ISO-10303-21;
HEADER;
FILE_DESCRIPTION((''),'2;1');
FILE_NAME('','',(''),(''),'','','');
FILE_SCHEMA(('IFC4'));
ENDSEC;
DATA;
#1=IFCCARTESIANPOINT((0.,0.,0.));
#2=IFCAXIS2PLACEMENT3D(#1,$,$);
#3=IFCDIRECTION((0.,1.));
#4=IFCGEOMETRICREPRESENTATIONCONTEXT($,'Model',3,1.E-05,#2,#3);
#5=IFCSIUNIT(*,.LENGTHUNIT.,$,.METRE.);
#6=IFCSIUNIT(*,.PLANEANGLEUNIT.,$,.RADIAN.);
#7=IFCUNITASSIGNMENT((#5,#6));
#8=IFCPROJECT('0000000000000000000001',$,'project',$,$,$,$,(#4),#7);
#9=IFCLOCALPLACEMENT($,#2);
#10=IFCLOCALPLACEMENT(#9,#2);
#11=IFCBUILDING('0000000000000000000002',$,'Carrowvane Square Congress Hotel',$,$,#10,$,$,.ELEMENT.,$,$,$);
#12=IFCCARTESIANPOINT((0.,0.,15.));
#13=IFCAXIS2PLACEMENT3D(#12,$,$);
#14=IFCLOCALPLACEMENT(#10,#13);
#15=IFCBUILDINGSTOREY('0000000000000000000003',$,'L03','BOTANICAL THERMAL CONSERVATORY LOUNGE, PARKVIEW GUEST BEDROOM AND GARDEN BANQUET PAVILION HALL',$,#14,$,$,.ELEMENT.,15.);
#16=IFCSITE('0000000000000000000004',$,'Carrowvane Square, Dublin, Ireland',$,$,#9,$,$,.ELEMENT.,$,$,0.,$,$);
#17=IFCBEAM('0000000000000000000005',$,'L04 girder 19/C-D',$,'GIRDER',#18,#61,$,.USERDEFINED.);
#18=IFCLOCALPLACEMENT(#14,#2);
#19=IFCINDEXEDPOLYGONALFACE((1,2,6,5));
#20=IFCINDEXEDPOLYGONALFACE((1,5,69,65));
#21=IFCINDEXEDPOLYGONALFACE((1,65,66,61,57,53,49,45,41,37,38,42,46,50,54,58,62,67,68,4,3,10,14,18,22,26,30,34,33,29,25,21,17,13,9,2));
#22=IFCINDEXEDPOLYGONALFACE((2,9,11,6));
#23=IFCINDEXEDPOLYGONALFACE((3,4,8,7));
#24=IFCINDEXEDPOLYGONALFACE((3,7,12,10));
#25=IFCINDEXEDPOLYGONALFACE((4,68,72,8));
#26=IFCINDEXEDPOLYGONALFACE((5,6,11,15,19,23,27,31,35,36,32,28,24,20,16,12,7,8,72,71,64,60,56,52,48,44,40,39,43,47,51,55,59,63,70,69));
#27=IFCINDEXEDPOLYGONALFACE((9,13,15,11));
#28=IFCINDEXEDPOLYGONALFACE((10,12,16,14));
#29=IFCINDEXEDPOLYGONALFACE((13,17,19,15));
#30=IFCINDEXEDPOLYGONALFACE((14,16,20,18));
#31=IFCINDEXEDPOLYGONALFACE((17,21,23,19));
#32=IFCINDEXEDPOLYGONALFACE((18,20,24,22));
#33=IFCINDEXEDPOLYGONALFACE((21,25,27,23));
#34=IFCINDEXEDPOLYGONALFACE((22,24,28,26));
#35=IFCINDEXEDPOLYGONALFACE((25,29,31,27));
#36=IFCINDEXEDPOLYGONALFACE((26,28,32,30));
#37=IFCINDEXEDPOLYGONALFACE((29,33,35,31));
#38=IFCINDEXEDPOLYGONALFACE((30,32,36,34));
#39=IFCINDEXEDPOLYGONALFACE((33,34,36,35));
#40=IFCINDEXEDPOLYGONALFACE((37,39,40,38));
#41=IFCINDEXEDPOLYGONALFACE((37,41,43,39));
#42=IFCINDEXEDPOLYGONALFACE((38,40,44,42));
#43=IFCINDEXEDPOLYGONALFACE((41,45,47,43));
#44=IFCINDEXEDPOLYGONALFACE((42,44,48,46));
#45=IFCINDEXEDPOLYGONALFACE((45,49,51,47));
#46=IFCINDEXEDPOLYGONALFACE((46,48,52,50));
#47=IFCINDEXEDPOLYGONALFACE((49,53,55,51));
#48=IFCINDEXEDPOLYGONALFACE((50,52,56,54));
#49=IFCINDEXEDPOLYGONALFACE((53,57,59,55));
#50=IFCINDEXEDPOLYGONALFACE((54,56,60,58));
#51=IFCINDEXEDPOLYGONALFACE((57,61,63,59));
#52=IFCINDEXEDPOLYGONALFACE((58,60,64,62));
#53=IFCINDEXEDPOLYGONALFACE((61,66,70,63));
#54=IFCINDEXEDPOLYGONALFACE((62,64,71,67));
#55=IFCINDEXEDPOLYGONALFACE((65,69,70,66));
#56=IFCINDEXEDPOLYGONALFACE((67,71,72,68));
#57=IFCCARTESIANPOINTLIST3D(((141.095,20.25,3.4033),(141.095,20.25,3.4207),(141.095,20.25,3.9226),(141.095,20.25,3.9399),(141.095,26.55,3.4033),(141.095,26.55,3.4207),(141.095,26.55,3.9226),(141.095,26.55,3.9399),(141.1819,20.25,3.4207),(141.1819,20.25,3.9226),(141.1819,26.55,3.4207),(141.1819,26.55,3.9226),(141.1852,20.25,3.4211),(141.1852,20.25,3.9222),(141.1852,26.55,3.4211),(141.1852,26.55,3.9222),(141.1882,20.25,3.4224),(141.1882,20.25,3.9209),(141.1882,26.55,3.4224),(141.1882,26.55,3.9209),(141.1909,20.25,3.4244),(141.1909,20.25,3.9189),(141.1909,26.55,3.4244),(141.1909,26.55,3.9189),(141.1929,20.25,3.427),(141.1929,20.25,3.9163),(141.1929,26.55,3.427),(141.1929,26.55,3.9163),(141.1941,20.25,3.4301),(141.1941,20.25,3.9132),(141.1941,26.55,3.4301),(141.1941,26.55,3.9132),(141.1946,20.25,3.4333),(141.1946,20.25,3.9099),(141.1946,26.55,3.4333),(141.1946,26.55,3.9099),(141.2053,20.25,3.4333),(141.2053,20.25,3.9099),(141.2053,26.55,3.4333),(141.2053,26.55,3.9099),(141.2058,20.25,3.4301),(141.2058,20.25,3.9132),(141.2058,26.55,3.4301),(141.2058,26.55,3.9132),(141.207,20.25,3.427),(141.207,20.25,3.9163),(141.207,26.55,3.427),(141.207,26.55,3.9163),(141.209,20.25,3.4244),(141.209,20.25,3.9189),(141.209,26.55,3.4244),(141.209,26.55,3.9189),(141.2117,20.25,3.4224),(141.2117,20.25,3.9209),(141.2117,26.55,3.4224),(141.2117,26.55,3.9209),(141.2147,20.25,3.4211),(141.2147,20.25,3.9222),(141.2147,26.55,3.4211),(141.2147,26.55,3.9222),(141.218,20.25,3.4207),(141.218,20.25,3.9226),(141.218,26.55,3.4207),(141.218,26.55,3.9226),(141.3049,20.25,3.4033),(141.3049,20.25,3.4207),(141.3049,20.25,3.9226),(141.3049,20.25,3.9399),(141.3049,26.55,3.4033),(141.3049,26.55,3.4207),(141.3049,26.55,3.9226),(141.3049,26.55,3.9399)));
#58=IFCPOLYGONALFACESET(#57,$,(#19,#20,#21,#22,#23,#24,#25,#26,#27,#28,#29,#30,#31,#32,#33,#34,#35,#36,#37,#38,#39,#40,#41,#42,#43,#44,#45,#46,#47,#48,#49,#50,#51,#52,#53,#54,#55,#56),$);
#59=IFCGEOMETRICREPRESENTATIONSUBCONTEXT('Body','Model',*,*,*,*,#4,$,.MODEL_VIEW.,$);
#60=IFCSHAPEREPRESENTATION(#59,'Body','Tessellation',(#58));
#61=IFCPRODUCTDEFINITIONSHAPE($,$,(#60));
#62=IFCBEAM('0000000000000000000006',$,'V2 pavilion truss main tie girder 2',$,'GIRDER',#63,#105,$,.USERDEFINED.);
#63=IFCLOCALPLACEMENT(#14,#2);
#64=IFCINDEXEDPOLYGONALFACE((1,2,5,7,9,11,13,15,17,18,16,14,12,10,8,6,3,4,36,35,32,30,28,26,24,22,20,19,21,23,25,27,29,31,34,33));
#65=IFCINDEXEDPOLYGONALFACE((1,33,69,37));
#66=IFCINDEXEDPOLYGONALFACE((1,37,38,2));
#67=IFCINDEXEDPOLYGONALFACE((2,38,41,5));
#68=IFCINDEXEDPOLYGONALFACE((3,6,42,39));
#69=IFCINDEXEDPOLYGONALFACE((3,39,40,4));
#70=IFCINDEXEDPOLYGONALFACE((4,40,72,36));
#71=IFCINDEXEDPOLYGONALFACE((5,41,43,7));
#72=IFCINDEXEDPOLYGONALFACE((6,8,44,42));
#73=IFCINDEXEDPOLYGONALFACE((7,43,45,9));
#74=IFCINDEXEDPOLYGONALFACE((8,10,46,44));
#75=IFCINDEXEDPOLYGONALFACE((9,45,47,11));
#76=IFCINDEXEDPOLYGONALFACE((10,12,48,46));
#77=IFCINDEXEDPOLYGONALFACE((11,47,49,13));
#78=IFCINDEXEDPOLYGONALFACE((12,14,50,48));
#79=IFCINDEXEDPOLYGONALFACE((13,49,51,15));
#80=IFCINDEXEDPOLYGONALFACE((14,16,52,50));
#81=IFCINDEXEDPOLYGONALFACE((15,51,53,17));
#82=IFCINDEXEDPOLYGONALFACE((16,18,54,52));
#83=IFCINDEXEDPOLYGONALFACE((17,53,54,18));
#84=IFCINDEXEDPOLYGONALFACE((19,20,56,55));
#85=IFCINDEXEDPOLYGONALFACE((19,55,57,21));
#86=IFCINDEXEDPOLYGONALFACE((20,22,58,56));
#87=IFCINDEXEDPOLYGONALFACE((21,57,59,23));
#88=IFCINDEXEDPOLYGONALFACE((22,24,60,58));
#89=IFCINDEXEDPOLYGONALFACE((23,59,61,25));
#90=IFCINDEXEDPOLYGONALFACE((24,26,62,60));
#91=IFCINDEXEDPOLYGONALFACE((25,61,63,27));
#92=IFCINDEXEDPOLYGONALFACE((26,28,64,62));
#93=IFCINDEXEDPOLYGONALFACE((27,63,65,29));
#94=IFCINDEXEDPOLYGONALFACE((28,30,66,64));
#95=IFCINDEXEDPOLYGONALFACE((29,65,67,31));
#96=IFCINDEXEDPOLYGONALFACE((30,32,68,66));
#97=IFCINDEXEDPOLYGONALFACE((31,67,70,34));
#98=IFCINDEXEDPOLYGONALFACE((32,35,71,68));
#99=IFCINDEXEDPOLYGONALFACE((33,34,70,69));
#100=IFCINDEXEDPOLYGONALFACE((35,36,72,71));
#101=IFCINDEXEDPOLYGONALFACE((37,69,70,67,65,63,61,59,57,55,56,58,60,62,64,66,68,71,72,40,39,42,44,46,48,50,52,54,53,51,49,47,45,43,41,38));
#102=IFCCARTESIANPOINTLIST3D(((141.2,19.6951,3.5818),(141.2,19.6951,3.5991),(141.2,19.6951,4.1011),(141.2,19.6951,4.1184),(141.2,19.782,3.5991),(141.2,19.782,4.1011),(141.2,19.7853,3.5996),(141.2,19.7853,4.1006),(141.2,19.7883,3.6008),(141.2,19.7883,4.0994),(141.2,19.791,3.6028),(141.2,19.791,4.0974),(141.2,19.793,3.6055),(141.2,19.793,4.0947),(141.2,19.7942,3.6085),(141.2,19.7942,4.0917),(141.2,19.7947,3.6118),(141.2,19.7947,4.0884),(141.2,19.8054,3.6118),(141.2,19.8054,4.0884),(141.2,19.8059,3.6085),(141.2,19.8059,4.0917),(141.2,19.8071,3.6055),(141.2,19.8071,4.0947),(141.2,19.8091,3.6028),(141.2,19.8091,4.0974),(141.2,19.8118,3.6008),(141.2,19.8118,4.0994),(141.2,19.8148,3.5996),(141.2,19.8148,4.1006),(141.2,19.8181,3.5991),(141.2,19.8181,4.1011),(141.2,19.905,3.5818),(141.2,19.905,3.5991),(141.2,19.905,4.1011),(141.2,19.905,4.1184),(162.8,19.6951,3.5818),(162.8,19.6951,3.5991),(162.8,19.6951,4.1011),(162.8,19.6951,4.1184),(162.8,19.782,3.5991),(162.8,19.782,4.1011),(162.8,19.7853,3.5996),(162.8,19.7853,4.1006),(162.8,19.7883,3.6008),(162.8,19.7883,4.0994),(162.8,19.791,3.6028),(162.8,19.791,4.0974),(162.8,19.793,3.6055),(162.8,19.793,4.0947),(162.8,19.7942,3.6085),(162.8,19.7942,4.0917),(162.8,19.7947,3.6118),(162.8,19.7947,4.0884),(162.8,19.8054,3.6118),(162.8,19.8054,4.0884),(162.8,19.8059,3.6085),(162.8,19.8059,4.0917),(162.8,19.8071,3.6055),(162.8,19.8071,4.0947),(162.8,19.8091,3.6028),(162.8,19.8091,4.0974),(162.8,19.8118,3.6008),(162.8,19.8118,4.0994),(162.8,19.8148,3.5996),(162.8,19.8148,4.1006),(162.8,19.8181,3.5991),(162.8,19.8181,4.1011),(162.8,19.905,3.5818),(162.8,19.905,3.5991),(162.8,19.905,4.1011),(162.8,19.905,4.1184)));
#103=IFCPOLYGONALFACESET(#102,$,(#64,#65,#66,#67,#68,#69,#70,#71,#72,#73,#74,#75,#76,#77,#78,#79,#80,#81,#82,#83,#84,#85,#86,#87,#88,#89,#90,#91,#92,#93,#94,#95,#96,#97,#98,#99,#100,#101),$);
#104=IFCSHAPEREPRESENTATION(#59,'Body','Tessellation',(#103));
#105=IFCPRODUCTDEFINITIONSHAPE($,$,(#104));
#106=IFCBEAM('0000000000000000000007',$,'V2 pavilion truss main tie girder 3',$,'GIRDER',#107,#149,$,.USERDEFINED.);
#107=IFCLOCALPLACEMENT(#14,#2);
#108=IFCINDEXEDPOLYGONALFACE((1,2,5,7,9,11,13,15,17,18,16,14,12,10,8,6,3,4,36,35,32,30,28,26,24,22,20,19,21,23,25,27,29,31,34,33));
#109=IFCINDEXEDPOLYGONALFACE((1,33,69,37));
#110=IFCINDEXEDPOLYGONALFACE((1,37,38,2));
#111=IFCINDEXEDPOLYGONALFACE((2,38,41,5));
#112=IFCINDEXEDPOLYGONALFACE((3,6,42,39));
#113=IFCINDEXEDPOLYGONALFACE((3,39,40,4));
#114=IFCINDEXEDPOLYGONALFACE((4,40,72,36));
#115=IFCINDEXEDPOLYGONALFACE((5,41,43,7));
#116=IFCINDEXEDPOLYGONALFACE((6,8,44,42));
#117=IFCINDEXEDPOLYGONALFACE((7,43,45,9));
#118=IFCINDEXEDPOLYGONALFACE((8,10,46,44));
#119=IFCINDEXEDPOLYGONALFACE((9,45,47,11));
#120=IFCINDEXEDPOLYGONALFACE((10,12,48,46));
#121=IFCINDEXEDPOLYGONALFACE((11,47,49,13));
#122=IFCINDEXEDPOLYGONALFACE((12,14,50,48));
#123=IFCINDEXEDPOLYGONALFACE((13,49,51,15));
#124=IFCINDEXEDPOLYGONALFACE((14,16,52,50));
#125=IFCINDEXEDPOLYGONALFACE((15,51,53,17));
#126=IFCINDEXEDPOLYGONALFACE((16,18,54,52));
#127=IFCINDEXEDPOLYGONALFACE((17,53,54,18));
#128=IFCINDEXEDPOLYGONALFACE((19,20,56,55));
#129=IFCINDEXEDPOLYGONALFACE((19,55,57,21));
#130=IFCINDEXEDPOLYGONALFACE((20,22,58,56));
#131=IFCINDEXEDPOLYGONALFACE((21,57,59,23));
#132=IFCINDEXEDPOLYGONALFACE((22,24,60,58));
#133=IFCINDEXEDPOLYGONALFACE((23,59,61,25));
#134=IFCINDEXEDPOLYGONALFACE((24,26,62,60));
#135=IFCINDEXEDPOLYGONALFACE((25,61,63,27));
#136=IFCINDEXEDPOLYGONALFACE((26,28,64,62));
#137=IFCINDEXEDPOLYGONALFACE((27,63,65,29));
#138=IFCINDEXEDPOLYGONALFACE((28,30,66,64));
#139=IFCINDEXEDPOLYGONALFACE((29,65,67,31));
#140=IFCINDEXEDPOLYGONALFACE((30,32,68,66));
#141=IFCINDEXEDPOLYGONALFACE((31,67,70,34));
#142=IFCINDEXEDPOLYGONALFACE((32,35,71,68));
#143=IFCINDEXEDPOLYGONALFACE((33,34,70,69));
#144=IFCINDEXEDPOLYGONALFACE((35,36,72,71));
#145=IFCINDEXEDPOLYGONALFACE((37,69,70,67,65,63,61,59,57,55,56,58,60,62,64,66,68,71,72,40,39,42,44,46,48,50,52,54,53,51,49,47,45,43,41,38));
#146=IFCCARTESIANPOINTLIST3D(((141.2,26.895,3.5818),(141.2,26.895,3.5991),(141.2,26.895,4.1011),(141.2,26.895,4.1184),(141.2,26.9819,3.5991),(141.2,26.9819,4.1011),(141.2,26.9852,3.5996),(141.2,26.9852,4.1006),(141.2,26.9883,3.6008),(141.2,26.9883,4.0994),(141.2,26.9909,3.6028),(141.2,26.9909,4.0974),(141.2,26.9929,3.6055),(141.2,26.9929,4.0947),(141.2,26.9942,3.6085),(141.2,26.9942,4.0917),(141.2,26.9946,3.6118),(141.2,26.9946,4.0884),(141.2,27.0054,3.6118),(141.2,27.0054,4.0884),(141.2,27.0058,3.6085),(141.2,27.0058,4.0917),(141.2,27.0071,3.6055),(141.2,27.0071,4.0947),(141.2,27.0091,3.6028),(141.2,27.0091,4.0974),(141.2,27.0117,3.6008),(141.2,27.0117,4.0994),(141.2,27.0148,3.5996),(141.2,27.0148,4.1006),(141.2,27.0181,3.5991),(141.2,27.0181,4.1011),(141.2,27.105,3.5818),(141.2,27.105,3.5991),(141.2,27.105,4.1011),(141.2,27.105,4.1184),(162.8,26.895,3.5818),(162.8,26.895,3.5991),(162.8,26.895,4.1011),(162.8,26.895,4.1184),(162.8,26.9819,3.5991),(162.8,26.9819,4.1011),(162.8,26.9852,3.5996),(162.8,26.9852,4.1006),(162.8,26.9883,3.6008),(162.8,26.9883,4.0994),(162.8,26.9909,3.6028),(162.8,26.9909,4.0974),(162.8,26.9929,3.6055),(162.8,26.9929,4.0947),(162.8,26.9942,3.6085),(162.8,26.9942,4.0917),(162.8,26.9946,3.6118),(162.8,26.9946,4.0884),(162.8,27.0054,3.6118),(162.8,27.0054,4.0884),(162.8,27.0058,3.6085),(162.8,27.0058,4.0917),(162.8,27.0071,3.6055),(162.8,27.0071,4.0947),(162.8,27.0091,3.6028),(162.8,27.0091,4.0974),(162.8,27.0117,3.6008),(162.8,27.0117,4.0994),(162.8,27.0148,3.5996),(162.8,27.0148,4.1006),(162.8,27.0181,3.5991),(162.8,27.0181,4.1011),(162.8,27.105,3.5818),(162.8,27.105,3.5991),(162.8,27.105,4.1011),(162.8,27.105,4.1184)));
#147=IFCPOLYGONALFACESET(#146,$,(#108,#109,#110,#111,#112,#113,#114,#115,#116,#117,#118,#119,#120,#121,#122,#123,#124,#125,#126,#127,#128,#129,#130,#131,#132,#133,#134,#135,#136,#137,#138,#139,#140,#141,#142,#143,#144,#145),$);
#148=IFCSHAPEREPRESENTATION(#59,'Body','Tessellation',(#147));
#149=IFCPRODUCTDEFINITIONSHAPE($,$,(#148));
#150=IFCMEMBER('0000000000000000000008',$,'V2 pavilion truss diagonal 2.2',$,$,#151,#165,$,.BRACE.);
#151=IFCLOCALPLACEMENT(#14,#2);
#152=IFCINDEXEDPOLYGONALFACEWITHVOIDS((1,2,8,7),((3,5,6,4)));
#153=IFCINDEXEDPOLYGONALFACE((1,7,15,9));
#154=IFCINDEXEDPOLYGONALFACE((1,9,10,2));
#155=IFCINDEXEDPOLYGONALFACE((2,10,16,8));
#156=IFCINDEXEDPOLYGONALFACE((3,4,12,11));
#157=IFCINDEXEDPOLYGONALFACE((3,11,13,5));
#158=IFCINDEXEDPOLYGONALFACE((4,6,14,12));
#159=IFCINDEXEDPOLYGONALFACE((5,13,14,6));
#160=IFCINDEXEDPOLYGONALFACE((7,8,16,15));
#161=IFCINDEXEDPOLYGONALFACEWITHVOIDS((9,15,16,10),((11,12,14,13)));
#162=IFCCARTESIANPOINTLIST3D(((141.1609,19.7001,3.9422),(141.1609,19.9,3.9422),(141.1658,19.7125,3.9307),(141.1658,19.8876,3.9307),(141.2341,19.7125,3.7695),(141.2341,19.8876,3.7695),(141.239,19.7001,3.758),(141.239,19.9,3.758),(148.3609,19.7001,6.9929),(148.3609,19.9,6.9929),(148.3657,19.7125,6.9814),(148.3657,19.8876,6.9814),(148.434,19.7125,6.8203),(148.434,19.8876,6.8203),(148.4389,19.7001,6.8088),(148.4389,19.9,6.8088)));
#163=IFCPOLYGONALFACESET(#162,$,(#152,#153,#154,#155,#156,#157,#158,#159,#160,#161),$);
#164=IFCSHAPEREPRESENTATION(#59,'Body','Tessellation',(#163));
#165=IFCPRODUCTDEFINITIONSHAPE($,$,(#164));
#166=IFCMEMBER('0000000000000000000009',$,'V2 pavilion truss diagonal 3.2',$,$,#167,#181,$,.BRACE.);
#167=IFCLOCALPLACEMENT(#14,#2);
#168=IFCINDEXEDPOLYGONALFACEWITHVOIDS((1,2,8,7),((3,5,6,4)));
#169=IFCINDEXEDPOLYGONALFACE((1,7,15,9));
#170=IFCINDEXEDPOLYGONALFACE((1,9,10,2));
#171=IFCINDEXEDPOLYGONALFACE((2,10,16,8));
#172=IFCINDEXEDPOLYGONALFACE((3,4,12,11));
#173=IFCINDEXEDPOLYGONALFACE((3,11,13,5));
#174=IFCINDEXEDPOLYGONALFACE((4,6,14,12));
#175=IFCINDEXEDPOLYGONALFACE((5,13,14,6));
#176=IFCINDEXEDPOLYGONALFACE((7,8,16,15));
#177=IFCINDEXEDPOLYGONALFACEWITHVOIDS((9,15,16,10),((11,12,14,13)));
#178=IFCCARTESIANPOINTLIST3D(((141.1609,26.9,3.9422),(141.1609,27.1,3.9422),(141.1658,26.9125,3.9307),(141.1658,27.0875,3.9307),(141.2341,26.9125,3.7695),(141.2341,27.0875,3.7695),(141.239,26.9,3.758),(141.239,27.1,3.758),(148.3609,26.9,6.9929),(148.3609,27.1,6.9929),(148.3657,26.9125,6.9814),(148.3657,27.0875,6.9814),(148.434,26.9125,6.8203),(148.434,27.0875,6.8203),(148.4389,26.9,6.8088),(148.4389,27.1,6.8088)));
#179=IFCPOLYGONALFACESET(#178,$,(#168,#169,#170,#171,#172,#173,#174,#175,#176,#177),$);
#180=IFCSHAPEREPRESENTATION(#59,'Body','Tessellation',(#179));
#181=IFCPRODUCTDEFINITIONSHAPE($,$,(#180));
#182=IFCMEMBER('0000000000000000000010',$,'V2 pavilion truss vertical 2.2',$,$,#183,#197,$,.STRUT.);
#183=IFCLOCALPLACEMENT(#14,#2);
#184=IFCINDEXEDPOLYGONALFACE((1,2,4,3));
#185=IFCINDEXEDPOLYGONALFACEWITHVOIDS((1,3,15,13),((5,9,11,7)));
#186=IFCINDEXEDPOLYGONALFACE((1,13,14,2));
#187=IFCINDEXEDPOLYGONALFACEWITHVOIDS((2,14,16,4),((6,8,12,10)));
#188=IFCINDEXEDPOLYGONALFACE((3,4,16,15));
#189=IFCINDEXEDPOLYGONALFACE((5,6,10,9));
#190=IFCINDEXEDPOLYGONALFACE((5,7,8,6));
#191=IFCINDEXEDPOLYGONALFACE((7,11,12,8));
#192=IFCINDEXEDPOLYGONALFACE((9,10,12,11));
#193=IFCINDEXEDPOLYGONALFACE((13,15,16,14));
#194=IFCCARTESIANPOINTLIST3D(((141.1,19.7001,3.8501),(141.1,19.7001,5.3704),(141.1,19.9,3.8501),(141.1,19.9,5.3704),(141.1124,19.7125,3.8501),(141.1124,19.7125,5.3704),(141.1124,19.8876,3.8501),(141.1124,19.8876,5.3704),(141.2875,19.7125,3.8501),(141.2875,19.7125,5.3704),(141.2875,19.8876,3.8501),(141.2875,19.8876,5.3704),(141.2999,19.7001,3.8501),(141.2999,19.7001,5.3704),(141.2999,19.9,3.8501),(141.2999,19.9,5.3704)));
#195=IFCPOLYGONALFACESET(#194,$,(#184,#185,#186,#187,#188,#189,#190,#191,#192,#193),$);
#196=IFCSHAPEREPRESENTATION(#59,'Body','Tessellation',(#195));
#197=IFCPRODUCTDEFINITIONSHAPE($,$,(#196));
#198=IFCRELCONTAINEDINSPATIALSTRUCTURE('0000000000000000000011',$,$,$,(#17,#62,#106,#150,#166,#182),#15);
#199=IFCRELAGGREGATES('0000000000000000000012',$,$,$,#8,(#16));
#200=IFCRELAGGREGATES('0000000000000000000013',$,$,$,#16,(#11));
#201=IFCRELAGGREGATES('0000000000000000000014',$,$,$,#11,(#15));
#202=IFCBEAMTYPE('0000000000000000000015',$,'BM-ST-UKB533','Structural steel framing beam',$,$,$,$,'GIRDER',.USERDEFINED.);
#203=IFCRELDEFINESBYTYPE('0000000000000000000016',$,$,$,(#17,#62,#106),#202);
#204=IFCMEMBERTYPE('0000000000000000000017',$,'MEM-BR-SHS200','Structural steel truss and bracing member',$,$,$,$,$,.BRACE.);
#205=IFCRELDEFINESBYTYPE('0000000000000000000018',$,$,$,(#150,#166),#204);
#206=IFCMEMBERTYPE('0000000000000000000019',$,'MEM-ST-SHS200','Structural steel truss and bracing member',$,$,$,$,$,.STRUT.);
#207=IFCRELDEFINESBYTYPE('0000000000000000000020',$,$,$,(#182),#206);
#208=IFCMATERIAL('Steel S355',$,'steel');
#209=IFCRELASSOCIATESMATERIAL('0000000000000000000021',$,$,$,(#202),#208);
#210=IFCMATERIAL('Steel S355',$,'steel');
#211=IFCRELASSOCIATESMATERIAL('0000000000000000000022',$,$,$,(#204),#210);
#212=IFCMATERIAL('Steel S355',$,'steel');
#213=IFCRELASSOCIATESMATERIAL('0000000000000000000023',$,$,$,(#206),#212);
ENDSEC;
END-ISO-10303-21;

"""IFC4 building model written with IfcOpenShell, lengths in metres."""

from ifc_helpers import new_model, si_unit, direction, frame, origin, origin_2d, place, context, subcontext, project, spatial, hollow_rectangle, i_section, extrude, material, material_profile, profile_set, type_object, element, save


model = new_model("IFC4")

# Units and contexts
model_context = context("Model", 3, precision=1e-05, world=origin(), true_north=direction((0.0, 1.0)))
body_context = subcontext(model_context, "Body", "Model", "MODEL_VIEW")
ifc_project = project(units=[si_unit("LENGTHUNIT", "METRE"), si_unit("PLANEANGLEUNIT", "RADIAN")], contexts=[model_context])

# Site, building, storey
site_placement = place(None, origin())
site = spatial("IfcSite", under=ifc_project, at=site_placement, Name="Carrowvane Square, Dublin, Ireland", CompositionType="ELEMENT", RefElevation=0.0)
building_placement = place(site_placement, origin())
building = spatial("IfcBuilding", under=site, at=building_placement, Name="Carrowvane Square Congress Hotel", CompositionType="ELEMENT")
storey_placement = place(building_placement, frame((0.0, 0.0, 15.0)))
storey = spatial("IfcBuildingStorey", under=building, at=storey_placement, Name="L03", Description="BOTANICAL THERMAL CONSERVATORY LOUNGE, PARKVIEW GUEST BEDROOM AND GARDEN BANQUET PAVILION HALL", CompositionType="ELEMENT", Elevation=15.0)

# Beams
ifc_material_1 = material(Name="Steel S355", Category="steel")
ifc_material_profile_1 = material_profile(ifc_material_1, i_section(OverallWidth=0.21, OverallDepth=0.5366, WebThickness=0.0107, FlangeThickness=0.0173, FilletRadius=0.0127, at=origin_2d()), Name="UKB 533x210x101")
ifc_profile_set_1 = profile_set([ifc_material_profile_1], Name="Steel S355")
beam_type_1 = type_object("IfcBeamType", Name="BM-ST-UKB533", Description="Structural steel framing beam", ElementType="GIRDER", PredefinedType="USERDEFINED", material=ifc_profile_set_1)
for number, where, z_axis, x_axis, name in (
    (1, (141.2, 20.25, 3.6716), (0.0, 1.0, 0.0), (-1.0, 0.0, 0.0), "L04 girder 19/C-D"),
):
    element("IfcBeam", number, at=place(storey_placement, frame(where, z_axis=z_axis, x_axis=x_axis)), inside=storey, type_object=beam_type_1, Name=name, ObjectType="GIRDER", PredefinedType="USERDEFINED", context=body_context, shape_type="SweptSolid", body=[
        extrude(i_section(OverallWidth=0.21, OverallDepth=0.5366, WebThickness=0.0107, FlangeThickness=0.0173, FilletRadius=0.0127, at=origin_2d()), origin(), (0.0, 0.0, 1.0), 6.3),
    ])
for number, where, z_axis, x_axis, name in (
    (2, (141.2, 19.8, 3.8501), (1.0, 0.0, 0.0), (0.0, 1.0, 0.0), "V2 pavilion truss main tie girder 2"),
    (3, (141.2, 27.0, 3.8501), (1.0, 0.0, 0.0), (0.0, 1.0, 0.0), "V2 pavilion truss main tie girder 3"),
):
    element("IfcBeam", number, at=place(storey_placement, frame(where, z_axis=z_axis, x_axis=x_axis)), inside=storey, type_object=beam_type_1, Name=name, ObjectType="GIRDER", PredefinedType="USERDEFINED", context=body_context, shape_type="SweptSolid", body=[
        extrude(i_section(OverallWidth=0.21, OverallDepth=0.5366, WebThickness=0.0107, FlangeThickness=0.0173, FilletRadius=0.0127, at=origin_2d()), origin(), (0.0, 0.0, 1.0), 21.6001),
    ])

# Members
ifc_material_2 = material(Name="Steel S355", Category="steel")
ifc_material_profile_2 = material_profile(ifc_material_2, hollow_rectangle(XDim=0.2, YDim=0.2, WallThickness=0.0125, at=origin_2d()), Name="SHS 200x200x12.5")
ifc_profile_set_2 = profile_set([ifc_material_profile_2], Name="Steel S355")
member_type_1 = type_object("IfcMemberType", Name="MEM-BR-SHS200", Description="Structural steel truss and bracing member", PredefinedType="BRACE", material=ifc_profile_set_2)
for number, where, z_axis, x_axis, name in (
    (4, (141.2, 19.8, 3.8501), (0.920754, 0.0, 0.390144), (0.0, 1.0, 0.0), "V2 pavilion truss diagonal 2.2"),
    (5, (141.2, 27.0, 3.8501), (0.920754, 0.0, 0.390144), (0.0, 1.0, 0.0), "V2 pavilion truss diagonal 3.2"),
):
    element("IfcMember", number, at=place(storey_placement, frame(where, z_axis=z_axis, x_axis=x_axis)), inside=storey, type_object=member_type_1, Name=name, PredefinedType="BRACE", context=body_context, shape_type="SweptSolid", body=[
        extrude(hollow_rectangle(XDim=0.2, YDim=0.2, WallThickness=0.0125, at=origin_2d()), origin(), (0.0, 0.0, 1.0), 7.8196),
    ])
ifc_material_3 = material(Name="Steel S355", Category="steel")
ifc_material_profile_3 = material_profile(ifc_material_3, hollow_rectangle(XDim=0.2, YDim=0.2, WallThickness=0.0125, at=origin_2d()), Name="SHS 200x200x12.5")
ifc_profile_set_3 = profile_set([ifc_material_profile_3], Name="Steel S355")
member_type_2 = type_object("IfcMemberType", Name="MEM-ST-SHS200", Description="Structural steel truss and bracing member", PredefinedType="STRUT", material=ifc_profile_set_3)
for number, where, z_axis, x_axis, name in (
    (6, (141.2, 19.8, 3.8501), (0.0, 0.0, 1.0), (1.0, 0.0, 0.0), "V2 pavilion truss vertical 2.2"),
):
    element("IfcMember", number, at=place(storey_placement, frame(where, z_axis=z_axis, x_axis=x_axis)), inside=storey, type_object=member_type_2, Name=name, PredefinedType="STRUT", context=body_context, shape_type="SweptSolid", body=[
        extrude(hollow_rectangle(XDim=0.2, YDim=0.2, WallThickness=0.0125, at=origin_2d()), origin(), (0.0, 0.0, 1.0), 1.5203),
    ])

save(model, "model.ifc")
